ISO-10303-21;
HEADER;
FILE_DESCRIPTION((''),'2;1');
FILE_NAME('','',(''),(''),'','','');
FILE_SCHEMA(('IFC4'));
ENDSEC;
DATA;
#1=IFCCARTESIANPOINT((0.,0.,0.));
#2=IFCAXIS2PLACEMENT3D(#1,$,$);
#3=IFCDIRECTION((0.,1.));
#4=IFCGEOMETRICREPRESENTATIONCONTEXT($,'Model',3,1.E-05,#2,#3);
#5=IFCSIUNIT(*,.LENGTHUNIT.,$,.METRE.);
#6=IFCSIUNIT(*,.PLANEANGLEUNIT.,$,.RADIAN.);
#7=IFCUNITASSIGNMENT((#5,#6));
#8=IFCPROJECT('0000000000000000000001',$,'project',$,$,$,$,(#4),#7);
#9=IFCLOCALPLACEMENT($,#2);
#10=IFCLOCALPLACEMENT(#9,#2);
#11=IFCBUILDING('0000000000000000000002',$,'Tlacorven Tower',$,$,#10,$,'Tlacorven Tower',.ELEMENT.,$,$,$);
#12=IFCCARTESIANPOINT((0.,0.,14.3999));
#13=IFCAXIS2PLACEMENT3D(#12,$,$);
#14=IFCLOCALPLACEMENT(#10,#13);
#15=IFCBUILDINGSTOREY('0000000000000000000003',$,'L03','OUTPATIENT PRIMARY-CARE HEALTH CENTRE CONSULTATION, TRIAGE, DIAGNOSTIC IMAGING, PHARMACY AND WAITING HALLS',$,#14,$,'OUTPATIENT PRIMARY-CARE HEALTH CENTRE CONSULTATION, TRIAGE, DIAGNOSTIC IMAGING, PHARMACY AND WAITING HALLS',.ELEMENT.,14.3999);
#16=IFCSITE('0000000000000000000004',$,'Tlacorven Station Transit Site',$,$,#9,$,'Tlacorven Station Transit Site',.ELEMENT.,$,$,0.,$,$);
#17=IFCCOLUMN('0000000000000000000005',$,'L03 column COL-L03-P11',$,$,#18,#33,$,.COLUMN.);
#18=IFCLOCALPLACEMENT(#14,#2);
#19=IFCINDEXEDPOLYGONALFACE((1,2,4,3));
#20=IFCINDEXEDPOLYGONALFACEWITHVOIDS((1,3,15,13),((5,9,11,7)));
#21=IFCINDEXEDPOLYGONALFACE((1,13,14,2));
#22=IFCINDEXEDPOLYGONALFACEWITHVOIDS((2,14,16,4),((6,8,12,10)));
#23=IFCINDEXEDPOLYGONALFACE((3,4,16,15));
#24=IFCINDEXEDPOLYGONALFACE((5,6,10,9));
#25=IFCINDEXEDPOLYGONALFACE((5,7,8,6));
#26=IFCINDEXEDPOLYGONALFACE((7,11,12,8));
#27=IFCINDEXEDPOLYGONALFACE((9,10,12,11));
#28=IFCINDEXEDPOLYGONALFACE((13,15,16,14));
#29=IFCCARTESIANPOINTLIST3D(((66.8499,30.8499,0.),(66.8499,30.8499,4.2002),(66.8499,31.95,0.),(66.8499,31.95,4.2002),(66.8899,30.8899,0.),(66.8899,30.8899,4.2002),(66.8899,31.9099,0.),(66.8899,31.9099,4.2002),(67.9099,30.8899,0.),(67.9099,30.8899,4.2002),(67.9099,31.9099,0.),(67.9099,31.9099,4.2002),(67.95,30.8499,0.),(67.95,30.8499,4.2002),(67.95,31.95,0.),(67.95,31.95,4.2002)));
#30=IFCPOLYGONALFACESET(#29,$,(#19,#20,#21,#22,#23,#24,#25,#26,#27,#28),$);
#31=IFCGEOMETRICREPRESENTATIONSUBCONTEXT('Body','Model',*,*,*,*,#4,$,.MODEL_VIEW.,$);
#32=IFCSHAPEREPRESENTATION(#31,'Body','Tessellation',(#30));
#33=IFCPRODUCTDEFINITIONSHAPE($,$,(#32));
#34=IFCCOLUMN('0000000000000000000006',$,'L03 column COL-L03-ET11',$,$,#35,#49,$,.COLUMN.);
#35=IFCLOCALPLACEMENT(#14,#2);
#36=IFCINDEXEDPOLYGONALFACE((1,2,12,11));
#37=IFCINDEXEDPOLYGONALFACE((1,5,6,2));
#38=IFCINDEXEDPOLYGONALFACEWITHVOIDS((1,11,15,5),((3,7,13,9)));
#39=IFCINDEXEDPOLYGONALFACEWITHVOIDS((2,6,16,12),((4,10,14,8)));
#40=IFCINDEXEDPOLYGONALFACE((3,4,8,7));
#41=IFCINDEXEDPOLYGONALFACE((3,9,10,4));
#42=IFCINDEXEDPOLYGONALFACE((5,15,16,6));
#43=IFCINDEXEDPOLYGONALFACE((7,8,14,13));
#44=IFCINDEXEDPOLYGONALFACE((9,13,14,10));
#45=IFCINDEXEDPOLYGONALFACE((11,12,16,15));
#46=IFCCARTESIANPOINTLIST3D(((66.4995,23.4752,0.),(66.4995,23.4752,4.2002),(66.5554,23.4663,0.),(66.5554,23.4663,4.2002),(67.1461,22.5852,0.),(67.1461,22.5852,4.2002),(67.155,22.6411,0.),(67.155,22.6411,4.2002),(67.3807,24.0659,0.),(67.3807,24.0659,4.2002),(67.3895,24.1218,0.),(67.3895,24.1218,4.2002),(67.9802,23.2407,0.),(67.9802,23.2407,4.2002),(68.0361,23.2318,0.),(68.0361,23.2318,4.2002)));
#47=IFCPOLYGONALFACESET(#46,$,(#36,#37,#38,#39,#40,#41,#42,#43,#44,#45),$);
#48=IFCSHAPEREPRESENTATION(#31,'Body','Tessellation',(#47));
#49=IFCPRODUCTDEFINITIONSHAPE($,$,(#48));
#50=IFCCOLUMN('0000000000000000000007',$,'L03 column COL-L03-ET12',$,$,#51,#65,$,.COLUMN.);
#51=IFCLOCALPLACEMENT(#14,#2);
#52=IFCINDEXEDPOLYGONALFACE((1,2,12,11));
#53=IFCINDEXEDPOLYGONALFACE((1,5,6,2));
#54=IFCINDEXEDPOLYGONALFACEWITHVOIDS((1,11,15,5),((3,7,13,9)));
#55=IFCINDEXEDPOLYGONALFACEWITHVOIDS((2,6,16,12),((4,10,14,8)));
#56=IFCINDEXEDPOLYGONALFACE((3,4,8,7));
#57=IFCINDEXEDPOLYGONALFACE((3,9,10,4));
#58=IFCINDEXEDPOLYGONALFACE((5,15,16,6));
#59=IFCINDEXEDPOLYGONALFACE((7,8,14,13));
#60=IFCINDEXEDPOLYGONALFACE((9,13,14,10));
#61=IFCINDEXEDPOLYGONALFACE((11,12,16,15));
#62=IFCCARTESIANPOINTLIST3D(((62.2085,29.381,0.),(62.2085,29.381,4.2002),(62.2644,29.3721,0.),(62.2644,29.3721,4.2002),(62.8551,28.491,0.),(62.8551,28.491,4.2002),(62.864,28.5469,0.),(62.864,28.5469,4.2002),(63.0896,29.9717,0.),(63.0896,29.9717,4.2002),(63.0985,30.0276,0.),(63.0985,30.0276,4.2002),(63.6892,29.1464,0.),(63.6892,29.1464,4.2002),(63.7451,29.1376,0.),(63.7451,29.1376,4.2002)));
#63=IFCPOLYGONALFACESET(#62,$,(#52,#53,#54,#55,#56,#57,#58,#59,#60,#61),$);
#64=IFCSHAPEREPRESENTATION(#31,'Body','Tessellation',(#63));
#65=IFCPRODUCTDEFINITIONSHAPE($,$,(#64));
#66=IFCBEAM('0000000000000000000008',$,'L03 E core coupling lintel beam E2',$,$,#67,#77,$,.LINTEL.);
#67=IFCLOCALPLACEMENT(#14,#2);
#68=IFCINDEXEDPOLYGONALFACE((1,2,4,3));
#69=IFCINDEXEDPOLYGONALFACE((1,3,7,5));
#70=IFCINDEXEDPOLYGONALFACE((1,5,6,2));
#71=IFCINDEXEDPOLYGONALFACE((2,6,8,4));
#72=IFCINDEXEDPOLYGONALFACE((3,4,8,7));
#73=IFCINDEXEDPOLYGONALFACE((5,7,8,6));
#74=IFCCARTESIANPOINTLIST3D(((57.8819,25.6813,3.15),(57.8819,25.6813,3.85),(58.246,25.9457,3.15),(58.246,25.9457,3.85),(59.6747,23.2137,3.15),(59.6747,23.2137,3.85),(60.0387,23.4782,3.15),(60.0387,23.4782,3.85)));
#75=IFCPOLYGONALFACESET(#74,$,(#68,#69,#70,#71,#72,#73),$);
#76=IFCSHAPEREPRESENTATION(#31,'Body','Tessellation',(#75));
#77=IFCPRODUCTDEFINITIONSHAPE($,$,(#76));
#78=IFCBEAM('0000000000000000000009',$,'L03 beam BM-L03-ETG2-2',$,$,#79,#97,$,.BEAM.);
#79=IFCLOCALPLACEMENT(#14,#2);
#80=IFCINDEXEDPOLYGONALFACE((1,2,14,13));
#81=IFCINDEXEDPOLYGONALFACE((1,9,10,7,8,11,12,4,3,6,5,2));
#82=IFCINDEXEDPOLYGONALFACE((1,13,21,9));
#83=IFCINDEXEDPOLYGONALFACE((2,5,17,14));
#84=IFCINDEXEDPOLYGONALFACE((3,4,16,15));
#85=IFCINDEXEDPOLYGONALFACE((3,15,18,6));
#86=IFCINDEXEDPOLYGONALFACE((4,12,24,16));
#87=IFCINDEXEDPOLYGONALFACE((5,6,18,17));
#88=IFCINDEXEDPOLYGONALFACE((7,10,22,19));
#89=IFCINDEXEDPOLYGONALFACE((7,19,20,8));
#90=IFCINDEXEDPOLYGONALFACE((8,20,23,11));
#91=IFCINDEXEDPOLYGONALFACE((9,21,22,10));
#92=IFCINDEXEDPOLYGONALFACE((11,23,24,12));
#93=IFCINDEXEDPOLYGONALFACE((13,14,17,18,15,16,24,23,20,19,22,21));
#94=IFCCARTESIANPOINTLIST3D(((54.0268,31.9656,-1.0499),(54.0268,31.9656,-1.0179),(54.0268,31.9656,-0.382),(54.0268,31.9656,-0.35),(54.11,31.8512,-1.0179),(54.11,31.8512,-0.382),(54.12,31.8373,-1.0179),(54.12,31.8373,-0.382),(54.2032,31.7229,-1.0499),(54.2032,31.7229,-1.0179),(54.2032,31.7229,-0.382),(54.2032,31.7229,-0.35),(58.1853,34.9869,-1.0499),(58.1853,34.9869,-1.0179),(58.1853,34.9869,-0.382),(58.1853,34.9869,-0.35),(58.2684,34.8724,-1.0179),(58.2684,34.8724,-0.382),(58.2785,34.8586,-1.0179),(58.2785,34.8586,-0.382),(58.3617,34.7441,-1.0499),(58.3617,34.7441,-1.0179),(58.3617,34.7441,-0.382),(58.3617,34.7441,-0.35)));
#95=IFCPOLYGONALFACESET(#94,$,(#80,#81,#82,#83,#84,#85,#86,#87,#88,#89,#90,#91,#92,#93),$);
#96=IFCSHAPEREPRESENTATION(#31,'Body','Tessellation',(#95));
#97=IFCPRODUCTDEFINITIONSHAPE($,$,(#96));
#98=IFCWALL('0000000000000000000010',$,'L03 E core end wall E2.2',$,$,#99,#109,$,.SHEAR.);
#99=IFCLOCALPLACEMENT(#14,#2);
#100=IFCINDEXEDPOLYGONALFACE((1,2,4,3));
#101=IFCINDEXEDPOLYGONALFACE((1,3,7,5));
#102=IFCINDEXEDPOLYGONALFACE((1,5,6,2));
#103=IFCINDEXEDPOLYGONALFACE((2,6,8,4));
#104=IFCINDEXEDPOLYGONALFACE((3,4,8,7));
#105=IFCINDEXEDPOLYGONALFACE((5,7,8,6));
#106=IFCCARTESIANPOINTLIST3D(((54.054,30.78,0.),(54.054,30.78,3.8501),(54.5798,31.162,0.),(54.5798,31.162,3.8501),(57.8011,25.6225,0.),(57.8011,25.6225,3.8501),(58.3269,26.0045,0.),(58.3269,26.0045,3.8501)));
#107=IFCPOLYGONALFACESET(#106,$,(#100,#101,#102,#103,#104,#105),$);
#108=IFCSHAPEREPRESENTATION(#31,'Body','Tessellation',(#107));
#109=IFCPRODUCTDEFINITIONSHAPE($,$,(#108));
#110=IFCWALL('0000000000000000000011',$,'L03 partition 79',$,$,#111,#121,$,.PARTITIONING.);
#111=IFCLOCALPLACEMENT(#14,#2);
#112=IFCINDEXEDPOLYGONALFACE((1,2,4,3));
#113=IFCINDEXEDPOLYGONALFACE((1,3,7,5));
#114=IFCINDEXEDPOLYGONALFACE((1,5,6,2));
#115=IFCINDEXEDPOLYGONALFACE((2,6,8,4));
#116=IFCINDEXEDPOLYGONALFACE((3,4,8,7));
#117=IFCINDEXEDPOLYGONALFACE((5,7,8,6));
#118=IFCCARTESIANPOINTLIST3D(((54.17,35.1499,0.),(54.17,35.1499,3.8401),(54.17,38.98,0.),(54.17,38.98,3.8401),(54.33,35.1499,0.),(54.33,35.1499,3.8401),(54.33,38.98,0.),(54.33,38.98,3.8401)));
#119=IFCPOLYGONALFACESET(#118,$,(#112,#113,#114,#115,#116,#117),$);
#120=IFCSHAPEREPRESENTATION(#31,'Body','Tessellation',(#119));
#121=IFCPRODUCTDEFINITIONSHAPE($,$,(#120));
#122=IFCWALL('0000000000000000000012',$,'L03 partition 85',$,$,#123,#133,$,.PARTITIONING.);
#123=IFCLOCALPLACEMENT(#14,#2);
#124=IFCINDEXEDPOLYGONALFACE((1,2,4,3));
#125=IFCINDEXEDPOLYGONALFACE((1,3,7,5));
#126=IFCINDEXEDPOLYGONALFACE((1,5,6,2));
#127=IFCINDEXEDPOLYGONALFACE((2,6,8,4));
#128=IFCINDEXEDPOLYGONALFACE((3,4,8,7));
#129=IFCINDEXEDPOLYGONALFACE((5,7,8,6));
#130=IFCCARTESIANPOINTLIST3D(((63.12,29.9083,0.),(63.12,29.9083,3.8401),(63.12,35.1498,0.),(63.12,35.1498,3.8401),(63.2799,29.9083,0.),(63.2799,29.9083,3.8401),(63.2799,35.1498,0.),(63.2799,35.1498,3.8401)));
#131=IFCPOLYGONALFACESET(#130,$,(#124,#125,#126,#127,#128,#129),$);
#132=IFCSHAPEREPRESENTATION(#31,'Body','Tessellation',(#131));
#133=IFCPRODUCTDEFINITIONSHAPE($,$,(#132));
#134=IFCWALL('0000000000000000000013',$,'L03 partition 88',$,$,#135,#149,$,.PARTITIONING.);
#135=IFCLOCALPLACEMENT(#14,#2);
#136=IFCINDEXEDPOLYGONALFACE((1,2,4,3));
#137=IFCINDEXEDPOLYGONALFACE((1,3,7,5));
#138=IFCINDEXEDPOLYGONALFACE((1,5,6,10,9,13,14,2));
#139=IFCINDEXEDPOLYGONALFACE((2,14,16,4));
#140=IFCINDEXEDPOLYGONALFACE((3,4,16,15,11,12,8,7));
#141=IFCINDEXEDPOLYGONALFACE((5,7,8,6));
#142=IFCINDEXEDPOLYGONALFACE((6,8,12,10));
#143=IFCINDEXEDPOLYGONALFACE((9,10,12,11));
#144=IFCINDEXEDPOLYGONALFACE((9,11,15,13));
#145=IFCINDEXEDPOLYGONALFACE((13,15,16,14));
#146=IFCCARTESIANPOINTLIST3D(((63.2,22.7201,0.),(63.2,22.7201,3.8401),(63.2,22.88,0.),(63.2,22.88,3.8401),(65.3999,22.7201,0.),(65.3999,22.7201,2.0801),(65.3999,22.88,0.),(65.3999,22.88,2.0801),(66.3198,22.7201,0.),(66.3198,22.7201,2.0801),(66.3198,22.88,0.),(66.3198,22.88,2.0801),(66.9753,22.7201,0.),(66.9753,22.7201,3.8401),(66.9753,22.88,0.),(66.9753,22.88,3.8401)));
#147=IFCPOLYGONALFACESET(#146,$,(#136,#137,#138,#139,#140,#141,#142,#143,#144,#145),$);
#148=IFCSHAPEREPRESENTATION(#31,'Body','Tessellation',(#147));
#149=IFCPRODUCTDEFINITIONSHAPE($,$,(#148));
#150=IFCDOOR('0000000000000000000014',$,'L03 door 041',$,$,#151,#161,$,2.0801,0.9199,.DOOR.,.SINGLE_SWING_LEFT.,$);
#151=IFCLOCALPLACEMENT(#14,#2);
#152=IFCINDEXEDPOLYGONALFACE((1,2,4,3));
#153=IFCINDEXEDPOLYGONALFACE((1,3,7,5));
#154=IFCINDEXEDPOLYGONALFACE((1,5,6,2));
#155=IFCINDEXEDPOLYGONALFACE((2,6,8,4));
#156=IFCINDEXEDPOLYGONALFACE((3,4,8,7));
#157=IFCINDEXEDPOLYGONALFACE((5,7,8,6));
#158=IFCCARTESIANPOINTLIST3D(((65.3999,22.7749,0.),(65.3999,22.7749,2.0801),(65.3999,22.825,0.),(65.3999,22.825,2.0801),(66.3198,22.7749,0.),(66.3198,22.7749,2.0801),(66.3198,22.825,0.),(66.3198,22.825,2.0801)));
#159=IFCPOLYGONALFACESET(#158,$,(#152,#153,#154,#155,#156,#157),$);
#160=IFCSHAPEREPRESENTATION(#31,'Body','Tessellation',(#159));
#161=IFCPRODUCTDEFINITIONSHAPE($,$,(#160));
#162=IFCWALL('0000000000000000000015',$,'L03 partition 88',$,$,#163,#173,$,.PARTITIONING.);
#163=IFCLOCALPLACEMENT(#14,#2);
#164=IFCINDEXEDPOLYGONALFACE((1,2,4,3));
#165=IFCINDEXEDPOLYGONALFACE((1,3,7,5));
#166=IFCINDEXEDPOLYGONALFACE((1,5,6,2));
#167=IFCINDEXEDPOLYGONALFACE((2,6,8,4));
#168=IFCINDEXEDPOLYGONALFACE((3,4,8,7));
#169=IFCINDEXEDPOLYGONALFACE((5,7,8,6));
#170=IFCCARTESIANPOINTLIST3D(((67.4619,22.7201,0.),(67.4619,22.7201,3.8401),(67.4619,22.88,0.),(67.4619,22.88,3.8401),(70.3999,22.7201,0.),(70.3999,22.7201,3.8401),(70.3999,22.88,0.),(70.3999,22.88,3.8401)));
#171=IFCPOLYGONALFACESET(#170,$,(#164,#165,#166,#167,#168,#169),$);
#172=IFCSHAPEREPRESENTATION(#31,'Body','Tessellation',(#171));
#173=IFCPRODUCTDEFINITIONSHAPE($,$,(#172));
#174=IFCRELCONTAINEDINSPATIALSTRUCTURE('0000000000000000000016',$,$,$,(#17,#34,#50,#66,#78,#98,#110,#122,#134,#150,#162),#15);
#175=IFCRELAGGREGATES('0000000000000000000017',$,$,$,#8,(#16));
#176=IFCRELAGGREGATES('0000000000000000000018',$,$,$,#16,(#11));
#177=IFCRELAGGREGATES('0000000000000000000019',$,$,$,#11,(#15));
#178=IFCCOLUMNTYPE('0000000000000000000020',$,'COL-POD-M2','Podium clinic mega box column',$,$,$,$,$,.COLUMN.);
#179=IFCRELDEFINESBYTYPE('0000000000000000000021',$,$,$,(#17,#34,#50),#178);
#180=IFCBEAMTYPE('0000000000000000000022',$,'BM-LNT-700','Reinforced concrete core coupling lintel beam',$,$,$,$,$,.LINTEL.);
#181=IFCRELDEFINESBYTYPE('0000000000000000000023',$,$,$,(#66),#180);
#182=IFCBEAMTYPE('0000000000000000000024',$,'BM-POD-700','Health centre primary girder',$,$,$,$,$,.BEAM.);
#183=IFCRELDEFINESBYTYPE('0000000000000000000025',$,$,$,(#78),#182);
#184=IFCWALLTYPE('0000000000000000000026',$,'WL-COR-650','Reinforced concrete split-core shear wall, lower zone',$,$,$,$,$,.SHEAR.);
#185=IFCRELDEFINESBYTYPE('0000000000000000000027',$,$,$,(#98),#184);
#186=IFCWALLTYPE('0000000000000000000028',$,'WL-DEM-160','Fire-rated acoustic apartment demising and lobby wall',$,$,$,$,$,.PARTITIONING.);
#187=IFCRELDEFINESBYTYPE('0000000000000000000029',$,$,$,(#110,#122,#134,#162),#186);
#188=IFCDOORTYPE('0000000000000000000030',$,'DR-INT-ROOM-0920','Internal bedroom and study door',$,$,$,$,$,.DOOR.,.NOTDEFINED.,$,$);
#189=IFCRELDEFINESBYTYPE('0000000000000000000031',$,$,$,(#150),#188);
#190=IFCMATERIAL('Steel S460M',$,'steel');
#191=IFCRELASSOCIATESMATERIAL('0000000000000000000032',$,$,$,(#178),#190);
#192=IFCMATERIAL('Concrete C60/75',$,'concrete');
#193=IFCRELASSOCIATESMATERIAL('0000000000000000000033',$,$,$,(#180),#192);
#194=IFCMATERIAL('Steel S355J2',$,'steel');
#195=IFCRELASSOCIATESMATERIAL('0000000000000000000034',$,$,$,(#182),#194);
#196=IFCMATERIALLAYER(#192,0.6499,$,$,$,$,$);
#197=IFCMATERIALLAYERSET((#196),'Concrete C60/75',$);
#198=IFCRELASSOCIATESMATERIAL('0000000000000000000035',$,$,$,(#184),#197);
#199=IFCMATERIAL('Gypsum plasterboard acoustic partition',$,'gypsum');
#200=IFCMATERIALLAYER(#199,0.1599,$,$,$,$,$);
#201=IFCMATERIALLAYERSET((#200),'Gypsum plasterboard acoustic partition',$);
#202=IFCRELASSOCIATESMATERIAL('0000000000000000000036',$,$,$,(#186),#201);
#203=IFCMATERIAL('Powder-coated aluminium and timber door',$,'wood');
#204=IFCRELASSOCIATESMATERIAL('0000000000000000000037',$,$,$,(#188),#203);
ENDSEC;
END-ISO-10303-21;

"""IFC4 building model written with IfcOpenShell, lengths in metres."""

from ifc_helpers import new_model, si_unit, direction, frame, frame_2d, origin, origin_2d, place, context, subcontext, project, spatial, rectangle, hollow_rectangle, i_section, extrude, source, transform, mapped, material, layer, layer_set, material_profile, profile_set, type_object, element, fill, save


model = new_model("IFC4")

# Units and contexts
model_context = context("Model", 3, precision=1e-05, world=origin(), true_north=direction((0.0, 1.0)))
body_context = subcontext(model_context, "Body", "Model", "MODEL_VIEW")
ifc_project = project(units=[si_unit("LENGTHUNIT", "METRE"), si_unit("PLANEANGLEUNIT", "RADIAN")], contexts=[model_context])

# Site, building, storey
site_placement = place(None, origin())
site = spatial("IfcSite", under=ifc_project, at=site_placement, Name="Tlacorven Station Transit Site", LongName="Tlacorven Station Transit Site", CompositionType="ELEMENT", RefElevation=0.0)
building_placement = place(site_placement, origin())
building = spatial("IfcBuilding", under=site, at=building_placement, Name="Tlacorven Tower", LongName="Tlacorven Tower", CompositionType="ELEMENT")
storey_placement = place(building_placement, frame((0.0, 0.0, 14.3999)))
storey = spatial("IfcBuildingStorey", under=building, at=storey_placement, Name="L03", Description="OUTPATIENT PRIMARY-CARE HEALTH CENTRE CONSULTATION, TRIAGE, DIAGNOSTIC IMAGING, PHARMACY AND WAITING HALLS", LongName="OUTPATIENT PRIMARY-CARE HEALTH CENTRE CONSULTATION, TRIAGE, DIAGNOSTIC IMAGING, PHARMACY AND WAITING HALLS", CompositionType="ELEMENT", Elevation=14.3999)

# Columns
ifc_material_1 = material(Name="Steel S460M", Category="steel")
ifc_material_profile_1 = material_profile(ifc_material_1, hollow_rectangle(XDim=1.1001, YDim=1.1001, WallThickness=0.04, at=origin_2d()), Name="BOX 1100X1100X40")
ifc_profile_set_1 = profile_set([ifc_material_profile_1], Name="Steel S460M")
column_type = type_object("IfcColumnType", Name="COL-POD-M2", Description="Podium clinic mega box column", PredefinedType="COLUMN", material=ifc_profile_set_1)
shared_shape_1 = source(origin(), body_context, "Body", "SweptSolid", [
    extrude(hollow_rectangle(XDim=1.1001, YDim=1.1001, WallThickness=0.04, at=origin_2d()), origin(), (0.0, 0.0, 1.0), 4.2002),
])
for number, where, z_axis, x_axis, name in (
    (1, (67.3999, 31.3999, 0.0), (0.0, 0.0, 1.0), (1.0, 0.0, 0.0), "L03 column COL-L03-P11"),
    (2, (67.2678, 23.3535, 0.0), (0.0, 0.0, 1.0), (0.809017, 0.587785, 0.0), "L03 column COL-L03-ET11"),
    (3, (62.9768, 29.2593, 0.0), (0.0, 0.0, 1.0), (0.809017, 0.587785, 0.0), "L03 column COL-L03-ET12"),
):
    element("IfcColumn", number, at=place(storey_placement, frame(where, z_axis=z_axis, x_axis=x_axis)), inside=storey, type_object=column_type, Name=name, PredefinedType="COLUMN", context=body_context, shape_type="MappedRepresentation", body=[
        mapped(shared_shape_1, transform((0.0, 0.0, 0.0), scale=1.0)),
    ])

# Beams
ifc_material_2 = material(Name="Concrete C60/75", Category="concrete")
ifc_material_profile_2 = material_profile(ifc_material_2, rectangle(XDim=0.45, YDim=0.7, at=origin_2d()), Name="RC 450X700")
ifc_profile_set_2 = profile_set([ifc_material_profile_2], Name="Concrete C60/75")
beam_type_1 = type_object("IfcBeamType", Name="BM-LNT-700", Description="Reinforced concrete core coupling lintel beam", PredefinedType="LINTEL", material=ifc_profile_set_2)
shared_shape_2 = source(origin(), body_context, "Body", "SweptSolid", [
    extrude(rectangle(XDim=0.45, YDim=0.7, at=origin_2d()), origin(), (0.0, 0.0, 1.0), 3.05),
])
beam_1_placement = place(storey_placement, frame((59.8567, 23.3459, 3.5), z_axis=(-0.587777, 0.809023, 0.0), x_axis=(-0.809023, -0.587777, 0.0)))
element("IfcBeam", 4, at=beam_1_placement, inside=storey, type_object=beam_type_1, Name="L03 E core coupling lintel beam E2", PredefinedType="LINTEL", context=body_context, shape_type="MappedRepresentation", body=[
    mapped(shared_shape_2, transform((0.0, 0.0, 0.0), scale=1.0)),
])
ifc_material_3 = material(Name="Steel S355J2", Category="steel")
ifc_material_profile_3 = material_profile(ifc_material_3, i_section(OverallWidth=0.3, OverallDepth=0.7, WebThickness=0.0171, FlangeThickness=0.032, at=origin_2d()), Name="HEB 700")
ifc_profile_set_3 = profile_set([ifc_material_profile_3], Name="Steel S355J2")
beam_type_2 = type_object("IfcBeamType", Name="BM-POD-700", Description="Health centre primary girder", PredefinedType="BEAM", material=ifc_profile_set_3)
shared_shape_3 = source(origin(), body_context, "Body", "SweptSolid", [
    extrude(i_section(OverallWidth=0.3, OverallDepth=0.7, WebThickness=0.0171, FlangeThickness=0.032, at=origin_2d()), origin(), (0.0, 0.0, 1.0), 5.1401),
])
beam_2_placement = place(storey_placement, frame((54.115, 31.8442, -0.7), z_axis=(0.809021, 0.587779, 0.0), x_axis=(-0.587779, 0.809021, 0.0)))
element("IfcBeam", 5, at=beam_2_placement, inside=storey, type_object=beam_type_2, Name="L03 beam BM-L03-ETG2-2", PredefinedType="BEAM", context=body_context, shape_type="MappedRepresentation", body=[
    mapped(shared_shape_3, transform((0.0, 0.0, 0.0), scale=1.0)),
])

# Walls
ifc_layer_1 = layer(ifc_material_2, 0.6499)
ifc_layer_set_1 = layer_set([ifc_layer_1], Name="Concrete C60/75")
wall_type_1 = type_object("IfcWallType", Name="WL-COR-650", Description="Reinforced concrete split-core shear wall, lower zone", PredefinedType="SHEAR", material=ifc_layer_set_1)
wall_1_placement = place(storey_placement, frame((58.064, 25.8135, 0.0), z_axis=(0.0, 0.0, 1.0), x_axis=(-0.58778, 0.809021, 0.0)))
element("IfcWall", 6, at=wall_1_placement, inside=storey, type_object=wall_type_1, Name="L03 E core end wall E2.2", PredefinedType="SHEAR", context=body_context, shape_type="SweptSolid", body=[
    extrude(rectangle(XDim=6.375, YDim=0.6499, at=frame_2d((3.1875, 0.0))), origin(), (0.0, 0.0, 1.0), 3.8501),
])
ifc_material_4 = material(Name="Gypsum plasterboard acoustic partition", Category="gypsum")
ifc_layer_2 = layer(ifc_material_4, 0.1599)
ifc_layer_set_2 = layer_set([ifc_layer_2], Name="Gypsum plasterboard acoustic partition")
wall_type_2 = type_object("IfcWallType", Name="WL-DEM-160", Description="Fire-rated acoustic apartment demising and lobby wall", PredefinedType="PARTITIONING", material=ifc_layer_set_2)
wall_2_placement = place(storey_placement, frame((54.25, 35.1499, 0.0), z_axis=(0.0, 0.0, 1.0), x_axis=(0.0, 1.0, 0.0)))
element("IfcWall", 7, at=wall_2_placement, inside=storey, type_object=wall_type_2, Name="L03 partition 79", PredefinedType="PARTITIONING", context=body_context, shape_type="SweptSolid", body=[
    extrude(rectangle(XDim=3.8301, YDim=0.1599, at=frame_2d((1.915, 0.0))), origin(), (0.0, 0.0, 1.0), 3.8401),
])
wall_3_placement = place(storey_placement, frame((63.2, 29.9084, 0.0), z_axis=(0.0, 0.0, 1.0), x_axis=(0.0, 1.0, 0.0)))
element("IfcWall", 8, at=wall_3_placement, inside=storey, type_object=wall_type_2, Name="L03 partition 85", PredefinedType="PARTITIONING", context=body_context, shape_type="SweptSolid", body=[
    extrude(rectangle(XDim=5.2415, YDim=0.1599, at=frame_2d((2.6206, 0.0))), origin(), (0.0, 0.0, 1.0), 3.8401),
])

# Wall, opening, door
wall_4_placement = place(storey_placement, frame((63.2, 22.8, 0.0), z_axis=(0.0, 0.0, 1.0), x_axis=(1.0, 0.0, 0.0)))
wall_4 = element("IfcWall", 9, at=wall_4_placement, inside=storey, type_object=wall_type_2, Name="L03 partition 88", PredefinedType="PARTITIONING", context=body_context, shape_type="SweptSolid", body=[
    extrude(rectangle(XDim=3.7754, YDim=0.1599, at=frame_2d((1.8877, 0.0))), origin(), (0.0, 0.0, 1.0), 3.8401),
])
opening_1_placement = place(wall_4_placement, frame((2.2, 0.0, 0.0)))
opening_1 = element("IfcOpeningElement", 10, at=opening_1_placement, cuts=wall_4, PredefinedType="OPENING", context=body_context, shape_type="SweptSolid", body=[
    extrude(rectangle(XDim=0.9199, YDim=2.0801, at=frame_2d((0.46, 1.04))), frame((0.0, 0.0898, 0.0), z_axis=(0.0, -1.0, 0.0), x_axis=(1.0, 0.0, 0.0)), (0.0, 0.0, 1.0), 0.1799),
])
ifc_material_5 = material(Name="Powder-coated aluminium and timber door", Category="wood")
door_type_1 = type_object("IfcDoorType", Name="DR-INT-ROOM-0920", Description="Internal bedroom and study door", OperationType="NOTDEFINED", PredefinedType="DOOR", material=ifc_material_5)
shared_shape_4 = source(origin(), body_context, "Body", "SweptSolid", [
    extrude(rectangle(XDim=0.9199, YDim=2.0801, at=frame_2d((0.46, 1.04))), frame((0.0, 0.0249, 0.0), z_axis=(0.0, -1.0, 0.0), x_axis=(1.0, 0.0, 0.0)), (0.0, 0.0, 1.0), 0.05),
])
door_1_placement = place(opening_1_placement, origin())
door_1 = element("IfcDoor", 11, at=door_1_placement, inside=storey, type_object=door_type_1, Name="L03 door 041", OperationType="SINGLE_SWING_LEFT", OverallHeight=2.0801, OverallWidth=0.9199, PredefinedType="DOOR", context=body_context, shape_type="MappedRepresentation", body=[
    mapped(shared_shape_4, transform((0.0, 0.0, 0.0), scale=1.0)),
])
fill(opening_1, door_1)

# Wall
wall_5_placement = place(storey_placement, frame((67.4619, 22.8, 0.0), z_axis=(0.0, 0.0, 1.0), x_axis=(1.0, 0.0, 0.0)))
element("IfcWall", 12, at=wall_5_placement, inside=storey, type_object=wall_type_2, Name="L03 partition 88", PredefinedType="PARTITIONING", context=body_context, shape_type="SweptSolid", body=[
    extrude(rectangle(XDim=2.938, YDim=0.1599, at=frame_2d((1.469, 0.0))), origin(), (0.0, 0.0, 1.0), 3.8401),
])

save(model, "model.ifc")
